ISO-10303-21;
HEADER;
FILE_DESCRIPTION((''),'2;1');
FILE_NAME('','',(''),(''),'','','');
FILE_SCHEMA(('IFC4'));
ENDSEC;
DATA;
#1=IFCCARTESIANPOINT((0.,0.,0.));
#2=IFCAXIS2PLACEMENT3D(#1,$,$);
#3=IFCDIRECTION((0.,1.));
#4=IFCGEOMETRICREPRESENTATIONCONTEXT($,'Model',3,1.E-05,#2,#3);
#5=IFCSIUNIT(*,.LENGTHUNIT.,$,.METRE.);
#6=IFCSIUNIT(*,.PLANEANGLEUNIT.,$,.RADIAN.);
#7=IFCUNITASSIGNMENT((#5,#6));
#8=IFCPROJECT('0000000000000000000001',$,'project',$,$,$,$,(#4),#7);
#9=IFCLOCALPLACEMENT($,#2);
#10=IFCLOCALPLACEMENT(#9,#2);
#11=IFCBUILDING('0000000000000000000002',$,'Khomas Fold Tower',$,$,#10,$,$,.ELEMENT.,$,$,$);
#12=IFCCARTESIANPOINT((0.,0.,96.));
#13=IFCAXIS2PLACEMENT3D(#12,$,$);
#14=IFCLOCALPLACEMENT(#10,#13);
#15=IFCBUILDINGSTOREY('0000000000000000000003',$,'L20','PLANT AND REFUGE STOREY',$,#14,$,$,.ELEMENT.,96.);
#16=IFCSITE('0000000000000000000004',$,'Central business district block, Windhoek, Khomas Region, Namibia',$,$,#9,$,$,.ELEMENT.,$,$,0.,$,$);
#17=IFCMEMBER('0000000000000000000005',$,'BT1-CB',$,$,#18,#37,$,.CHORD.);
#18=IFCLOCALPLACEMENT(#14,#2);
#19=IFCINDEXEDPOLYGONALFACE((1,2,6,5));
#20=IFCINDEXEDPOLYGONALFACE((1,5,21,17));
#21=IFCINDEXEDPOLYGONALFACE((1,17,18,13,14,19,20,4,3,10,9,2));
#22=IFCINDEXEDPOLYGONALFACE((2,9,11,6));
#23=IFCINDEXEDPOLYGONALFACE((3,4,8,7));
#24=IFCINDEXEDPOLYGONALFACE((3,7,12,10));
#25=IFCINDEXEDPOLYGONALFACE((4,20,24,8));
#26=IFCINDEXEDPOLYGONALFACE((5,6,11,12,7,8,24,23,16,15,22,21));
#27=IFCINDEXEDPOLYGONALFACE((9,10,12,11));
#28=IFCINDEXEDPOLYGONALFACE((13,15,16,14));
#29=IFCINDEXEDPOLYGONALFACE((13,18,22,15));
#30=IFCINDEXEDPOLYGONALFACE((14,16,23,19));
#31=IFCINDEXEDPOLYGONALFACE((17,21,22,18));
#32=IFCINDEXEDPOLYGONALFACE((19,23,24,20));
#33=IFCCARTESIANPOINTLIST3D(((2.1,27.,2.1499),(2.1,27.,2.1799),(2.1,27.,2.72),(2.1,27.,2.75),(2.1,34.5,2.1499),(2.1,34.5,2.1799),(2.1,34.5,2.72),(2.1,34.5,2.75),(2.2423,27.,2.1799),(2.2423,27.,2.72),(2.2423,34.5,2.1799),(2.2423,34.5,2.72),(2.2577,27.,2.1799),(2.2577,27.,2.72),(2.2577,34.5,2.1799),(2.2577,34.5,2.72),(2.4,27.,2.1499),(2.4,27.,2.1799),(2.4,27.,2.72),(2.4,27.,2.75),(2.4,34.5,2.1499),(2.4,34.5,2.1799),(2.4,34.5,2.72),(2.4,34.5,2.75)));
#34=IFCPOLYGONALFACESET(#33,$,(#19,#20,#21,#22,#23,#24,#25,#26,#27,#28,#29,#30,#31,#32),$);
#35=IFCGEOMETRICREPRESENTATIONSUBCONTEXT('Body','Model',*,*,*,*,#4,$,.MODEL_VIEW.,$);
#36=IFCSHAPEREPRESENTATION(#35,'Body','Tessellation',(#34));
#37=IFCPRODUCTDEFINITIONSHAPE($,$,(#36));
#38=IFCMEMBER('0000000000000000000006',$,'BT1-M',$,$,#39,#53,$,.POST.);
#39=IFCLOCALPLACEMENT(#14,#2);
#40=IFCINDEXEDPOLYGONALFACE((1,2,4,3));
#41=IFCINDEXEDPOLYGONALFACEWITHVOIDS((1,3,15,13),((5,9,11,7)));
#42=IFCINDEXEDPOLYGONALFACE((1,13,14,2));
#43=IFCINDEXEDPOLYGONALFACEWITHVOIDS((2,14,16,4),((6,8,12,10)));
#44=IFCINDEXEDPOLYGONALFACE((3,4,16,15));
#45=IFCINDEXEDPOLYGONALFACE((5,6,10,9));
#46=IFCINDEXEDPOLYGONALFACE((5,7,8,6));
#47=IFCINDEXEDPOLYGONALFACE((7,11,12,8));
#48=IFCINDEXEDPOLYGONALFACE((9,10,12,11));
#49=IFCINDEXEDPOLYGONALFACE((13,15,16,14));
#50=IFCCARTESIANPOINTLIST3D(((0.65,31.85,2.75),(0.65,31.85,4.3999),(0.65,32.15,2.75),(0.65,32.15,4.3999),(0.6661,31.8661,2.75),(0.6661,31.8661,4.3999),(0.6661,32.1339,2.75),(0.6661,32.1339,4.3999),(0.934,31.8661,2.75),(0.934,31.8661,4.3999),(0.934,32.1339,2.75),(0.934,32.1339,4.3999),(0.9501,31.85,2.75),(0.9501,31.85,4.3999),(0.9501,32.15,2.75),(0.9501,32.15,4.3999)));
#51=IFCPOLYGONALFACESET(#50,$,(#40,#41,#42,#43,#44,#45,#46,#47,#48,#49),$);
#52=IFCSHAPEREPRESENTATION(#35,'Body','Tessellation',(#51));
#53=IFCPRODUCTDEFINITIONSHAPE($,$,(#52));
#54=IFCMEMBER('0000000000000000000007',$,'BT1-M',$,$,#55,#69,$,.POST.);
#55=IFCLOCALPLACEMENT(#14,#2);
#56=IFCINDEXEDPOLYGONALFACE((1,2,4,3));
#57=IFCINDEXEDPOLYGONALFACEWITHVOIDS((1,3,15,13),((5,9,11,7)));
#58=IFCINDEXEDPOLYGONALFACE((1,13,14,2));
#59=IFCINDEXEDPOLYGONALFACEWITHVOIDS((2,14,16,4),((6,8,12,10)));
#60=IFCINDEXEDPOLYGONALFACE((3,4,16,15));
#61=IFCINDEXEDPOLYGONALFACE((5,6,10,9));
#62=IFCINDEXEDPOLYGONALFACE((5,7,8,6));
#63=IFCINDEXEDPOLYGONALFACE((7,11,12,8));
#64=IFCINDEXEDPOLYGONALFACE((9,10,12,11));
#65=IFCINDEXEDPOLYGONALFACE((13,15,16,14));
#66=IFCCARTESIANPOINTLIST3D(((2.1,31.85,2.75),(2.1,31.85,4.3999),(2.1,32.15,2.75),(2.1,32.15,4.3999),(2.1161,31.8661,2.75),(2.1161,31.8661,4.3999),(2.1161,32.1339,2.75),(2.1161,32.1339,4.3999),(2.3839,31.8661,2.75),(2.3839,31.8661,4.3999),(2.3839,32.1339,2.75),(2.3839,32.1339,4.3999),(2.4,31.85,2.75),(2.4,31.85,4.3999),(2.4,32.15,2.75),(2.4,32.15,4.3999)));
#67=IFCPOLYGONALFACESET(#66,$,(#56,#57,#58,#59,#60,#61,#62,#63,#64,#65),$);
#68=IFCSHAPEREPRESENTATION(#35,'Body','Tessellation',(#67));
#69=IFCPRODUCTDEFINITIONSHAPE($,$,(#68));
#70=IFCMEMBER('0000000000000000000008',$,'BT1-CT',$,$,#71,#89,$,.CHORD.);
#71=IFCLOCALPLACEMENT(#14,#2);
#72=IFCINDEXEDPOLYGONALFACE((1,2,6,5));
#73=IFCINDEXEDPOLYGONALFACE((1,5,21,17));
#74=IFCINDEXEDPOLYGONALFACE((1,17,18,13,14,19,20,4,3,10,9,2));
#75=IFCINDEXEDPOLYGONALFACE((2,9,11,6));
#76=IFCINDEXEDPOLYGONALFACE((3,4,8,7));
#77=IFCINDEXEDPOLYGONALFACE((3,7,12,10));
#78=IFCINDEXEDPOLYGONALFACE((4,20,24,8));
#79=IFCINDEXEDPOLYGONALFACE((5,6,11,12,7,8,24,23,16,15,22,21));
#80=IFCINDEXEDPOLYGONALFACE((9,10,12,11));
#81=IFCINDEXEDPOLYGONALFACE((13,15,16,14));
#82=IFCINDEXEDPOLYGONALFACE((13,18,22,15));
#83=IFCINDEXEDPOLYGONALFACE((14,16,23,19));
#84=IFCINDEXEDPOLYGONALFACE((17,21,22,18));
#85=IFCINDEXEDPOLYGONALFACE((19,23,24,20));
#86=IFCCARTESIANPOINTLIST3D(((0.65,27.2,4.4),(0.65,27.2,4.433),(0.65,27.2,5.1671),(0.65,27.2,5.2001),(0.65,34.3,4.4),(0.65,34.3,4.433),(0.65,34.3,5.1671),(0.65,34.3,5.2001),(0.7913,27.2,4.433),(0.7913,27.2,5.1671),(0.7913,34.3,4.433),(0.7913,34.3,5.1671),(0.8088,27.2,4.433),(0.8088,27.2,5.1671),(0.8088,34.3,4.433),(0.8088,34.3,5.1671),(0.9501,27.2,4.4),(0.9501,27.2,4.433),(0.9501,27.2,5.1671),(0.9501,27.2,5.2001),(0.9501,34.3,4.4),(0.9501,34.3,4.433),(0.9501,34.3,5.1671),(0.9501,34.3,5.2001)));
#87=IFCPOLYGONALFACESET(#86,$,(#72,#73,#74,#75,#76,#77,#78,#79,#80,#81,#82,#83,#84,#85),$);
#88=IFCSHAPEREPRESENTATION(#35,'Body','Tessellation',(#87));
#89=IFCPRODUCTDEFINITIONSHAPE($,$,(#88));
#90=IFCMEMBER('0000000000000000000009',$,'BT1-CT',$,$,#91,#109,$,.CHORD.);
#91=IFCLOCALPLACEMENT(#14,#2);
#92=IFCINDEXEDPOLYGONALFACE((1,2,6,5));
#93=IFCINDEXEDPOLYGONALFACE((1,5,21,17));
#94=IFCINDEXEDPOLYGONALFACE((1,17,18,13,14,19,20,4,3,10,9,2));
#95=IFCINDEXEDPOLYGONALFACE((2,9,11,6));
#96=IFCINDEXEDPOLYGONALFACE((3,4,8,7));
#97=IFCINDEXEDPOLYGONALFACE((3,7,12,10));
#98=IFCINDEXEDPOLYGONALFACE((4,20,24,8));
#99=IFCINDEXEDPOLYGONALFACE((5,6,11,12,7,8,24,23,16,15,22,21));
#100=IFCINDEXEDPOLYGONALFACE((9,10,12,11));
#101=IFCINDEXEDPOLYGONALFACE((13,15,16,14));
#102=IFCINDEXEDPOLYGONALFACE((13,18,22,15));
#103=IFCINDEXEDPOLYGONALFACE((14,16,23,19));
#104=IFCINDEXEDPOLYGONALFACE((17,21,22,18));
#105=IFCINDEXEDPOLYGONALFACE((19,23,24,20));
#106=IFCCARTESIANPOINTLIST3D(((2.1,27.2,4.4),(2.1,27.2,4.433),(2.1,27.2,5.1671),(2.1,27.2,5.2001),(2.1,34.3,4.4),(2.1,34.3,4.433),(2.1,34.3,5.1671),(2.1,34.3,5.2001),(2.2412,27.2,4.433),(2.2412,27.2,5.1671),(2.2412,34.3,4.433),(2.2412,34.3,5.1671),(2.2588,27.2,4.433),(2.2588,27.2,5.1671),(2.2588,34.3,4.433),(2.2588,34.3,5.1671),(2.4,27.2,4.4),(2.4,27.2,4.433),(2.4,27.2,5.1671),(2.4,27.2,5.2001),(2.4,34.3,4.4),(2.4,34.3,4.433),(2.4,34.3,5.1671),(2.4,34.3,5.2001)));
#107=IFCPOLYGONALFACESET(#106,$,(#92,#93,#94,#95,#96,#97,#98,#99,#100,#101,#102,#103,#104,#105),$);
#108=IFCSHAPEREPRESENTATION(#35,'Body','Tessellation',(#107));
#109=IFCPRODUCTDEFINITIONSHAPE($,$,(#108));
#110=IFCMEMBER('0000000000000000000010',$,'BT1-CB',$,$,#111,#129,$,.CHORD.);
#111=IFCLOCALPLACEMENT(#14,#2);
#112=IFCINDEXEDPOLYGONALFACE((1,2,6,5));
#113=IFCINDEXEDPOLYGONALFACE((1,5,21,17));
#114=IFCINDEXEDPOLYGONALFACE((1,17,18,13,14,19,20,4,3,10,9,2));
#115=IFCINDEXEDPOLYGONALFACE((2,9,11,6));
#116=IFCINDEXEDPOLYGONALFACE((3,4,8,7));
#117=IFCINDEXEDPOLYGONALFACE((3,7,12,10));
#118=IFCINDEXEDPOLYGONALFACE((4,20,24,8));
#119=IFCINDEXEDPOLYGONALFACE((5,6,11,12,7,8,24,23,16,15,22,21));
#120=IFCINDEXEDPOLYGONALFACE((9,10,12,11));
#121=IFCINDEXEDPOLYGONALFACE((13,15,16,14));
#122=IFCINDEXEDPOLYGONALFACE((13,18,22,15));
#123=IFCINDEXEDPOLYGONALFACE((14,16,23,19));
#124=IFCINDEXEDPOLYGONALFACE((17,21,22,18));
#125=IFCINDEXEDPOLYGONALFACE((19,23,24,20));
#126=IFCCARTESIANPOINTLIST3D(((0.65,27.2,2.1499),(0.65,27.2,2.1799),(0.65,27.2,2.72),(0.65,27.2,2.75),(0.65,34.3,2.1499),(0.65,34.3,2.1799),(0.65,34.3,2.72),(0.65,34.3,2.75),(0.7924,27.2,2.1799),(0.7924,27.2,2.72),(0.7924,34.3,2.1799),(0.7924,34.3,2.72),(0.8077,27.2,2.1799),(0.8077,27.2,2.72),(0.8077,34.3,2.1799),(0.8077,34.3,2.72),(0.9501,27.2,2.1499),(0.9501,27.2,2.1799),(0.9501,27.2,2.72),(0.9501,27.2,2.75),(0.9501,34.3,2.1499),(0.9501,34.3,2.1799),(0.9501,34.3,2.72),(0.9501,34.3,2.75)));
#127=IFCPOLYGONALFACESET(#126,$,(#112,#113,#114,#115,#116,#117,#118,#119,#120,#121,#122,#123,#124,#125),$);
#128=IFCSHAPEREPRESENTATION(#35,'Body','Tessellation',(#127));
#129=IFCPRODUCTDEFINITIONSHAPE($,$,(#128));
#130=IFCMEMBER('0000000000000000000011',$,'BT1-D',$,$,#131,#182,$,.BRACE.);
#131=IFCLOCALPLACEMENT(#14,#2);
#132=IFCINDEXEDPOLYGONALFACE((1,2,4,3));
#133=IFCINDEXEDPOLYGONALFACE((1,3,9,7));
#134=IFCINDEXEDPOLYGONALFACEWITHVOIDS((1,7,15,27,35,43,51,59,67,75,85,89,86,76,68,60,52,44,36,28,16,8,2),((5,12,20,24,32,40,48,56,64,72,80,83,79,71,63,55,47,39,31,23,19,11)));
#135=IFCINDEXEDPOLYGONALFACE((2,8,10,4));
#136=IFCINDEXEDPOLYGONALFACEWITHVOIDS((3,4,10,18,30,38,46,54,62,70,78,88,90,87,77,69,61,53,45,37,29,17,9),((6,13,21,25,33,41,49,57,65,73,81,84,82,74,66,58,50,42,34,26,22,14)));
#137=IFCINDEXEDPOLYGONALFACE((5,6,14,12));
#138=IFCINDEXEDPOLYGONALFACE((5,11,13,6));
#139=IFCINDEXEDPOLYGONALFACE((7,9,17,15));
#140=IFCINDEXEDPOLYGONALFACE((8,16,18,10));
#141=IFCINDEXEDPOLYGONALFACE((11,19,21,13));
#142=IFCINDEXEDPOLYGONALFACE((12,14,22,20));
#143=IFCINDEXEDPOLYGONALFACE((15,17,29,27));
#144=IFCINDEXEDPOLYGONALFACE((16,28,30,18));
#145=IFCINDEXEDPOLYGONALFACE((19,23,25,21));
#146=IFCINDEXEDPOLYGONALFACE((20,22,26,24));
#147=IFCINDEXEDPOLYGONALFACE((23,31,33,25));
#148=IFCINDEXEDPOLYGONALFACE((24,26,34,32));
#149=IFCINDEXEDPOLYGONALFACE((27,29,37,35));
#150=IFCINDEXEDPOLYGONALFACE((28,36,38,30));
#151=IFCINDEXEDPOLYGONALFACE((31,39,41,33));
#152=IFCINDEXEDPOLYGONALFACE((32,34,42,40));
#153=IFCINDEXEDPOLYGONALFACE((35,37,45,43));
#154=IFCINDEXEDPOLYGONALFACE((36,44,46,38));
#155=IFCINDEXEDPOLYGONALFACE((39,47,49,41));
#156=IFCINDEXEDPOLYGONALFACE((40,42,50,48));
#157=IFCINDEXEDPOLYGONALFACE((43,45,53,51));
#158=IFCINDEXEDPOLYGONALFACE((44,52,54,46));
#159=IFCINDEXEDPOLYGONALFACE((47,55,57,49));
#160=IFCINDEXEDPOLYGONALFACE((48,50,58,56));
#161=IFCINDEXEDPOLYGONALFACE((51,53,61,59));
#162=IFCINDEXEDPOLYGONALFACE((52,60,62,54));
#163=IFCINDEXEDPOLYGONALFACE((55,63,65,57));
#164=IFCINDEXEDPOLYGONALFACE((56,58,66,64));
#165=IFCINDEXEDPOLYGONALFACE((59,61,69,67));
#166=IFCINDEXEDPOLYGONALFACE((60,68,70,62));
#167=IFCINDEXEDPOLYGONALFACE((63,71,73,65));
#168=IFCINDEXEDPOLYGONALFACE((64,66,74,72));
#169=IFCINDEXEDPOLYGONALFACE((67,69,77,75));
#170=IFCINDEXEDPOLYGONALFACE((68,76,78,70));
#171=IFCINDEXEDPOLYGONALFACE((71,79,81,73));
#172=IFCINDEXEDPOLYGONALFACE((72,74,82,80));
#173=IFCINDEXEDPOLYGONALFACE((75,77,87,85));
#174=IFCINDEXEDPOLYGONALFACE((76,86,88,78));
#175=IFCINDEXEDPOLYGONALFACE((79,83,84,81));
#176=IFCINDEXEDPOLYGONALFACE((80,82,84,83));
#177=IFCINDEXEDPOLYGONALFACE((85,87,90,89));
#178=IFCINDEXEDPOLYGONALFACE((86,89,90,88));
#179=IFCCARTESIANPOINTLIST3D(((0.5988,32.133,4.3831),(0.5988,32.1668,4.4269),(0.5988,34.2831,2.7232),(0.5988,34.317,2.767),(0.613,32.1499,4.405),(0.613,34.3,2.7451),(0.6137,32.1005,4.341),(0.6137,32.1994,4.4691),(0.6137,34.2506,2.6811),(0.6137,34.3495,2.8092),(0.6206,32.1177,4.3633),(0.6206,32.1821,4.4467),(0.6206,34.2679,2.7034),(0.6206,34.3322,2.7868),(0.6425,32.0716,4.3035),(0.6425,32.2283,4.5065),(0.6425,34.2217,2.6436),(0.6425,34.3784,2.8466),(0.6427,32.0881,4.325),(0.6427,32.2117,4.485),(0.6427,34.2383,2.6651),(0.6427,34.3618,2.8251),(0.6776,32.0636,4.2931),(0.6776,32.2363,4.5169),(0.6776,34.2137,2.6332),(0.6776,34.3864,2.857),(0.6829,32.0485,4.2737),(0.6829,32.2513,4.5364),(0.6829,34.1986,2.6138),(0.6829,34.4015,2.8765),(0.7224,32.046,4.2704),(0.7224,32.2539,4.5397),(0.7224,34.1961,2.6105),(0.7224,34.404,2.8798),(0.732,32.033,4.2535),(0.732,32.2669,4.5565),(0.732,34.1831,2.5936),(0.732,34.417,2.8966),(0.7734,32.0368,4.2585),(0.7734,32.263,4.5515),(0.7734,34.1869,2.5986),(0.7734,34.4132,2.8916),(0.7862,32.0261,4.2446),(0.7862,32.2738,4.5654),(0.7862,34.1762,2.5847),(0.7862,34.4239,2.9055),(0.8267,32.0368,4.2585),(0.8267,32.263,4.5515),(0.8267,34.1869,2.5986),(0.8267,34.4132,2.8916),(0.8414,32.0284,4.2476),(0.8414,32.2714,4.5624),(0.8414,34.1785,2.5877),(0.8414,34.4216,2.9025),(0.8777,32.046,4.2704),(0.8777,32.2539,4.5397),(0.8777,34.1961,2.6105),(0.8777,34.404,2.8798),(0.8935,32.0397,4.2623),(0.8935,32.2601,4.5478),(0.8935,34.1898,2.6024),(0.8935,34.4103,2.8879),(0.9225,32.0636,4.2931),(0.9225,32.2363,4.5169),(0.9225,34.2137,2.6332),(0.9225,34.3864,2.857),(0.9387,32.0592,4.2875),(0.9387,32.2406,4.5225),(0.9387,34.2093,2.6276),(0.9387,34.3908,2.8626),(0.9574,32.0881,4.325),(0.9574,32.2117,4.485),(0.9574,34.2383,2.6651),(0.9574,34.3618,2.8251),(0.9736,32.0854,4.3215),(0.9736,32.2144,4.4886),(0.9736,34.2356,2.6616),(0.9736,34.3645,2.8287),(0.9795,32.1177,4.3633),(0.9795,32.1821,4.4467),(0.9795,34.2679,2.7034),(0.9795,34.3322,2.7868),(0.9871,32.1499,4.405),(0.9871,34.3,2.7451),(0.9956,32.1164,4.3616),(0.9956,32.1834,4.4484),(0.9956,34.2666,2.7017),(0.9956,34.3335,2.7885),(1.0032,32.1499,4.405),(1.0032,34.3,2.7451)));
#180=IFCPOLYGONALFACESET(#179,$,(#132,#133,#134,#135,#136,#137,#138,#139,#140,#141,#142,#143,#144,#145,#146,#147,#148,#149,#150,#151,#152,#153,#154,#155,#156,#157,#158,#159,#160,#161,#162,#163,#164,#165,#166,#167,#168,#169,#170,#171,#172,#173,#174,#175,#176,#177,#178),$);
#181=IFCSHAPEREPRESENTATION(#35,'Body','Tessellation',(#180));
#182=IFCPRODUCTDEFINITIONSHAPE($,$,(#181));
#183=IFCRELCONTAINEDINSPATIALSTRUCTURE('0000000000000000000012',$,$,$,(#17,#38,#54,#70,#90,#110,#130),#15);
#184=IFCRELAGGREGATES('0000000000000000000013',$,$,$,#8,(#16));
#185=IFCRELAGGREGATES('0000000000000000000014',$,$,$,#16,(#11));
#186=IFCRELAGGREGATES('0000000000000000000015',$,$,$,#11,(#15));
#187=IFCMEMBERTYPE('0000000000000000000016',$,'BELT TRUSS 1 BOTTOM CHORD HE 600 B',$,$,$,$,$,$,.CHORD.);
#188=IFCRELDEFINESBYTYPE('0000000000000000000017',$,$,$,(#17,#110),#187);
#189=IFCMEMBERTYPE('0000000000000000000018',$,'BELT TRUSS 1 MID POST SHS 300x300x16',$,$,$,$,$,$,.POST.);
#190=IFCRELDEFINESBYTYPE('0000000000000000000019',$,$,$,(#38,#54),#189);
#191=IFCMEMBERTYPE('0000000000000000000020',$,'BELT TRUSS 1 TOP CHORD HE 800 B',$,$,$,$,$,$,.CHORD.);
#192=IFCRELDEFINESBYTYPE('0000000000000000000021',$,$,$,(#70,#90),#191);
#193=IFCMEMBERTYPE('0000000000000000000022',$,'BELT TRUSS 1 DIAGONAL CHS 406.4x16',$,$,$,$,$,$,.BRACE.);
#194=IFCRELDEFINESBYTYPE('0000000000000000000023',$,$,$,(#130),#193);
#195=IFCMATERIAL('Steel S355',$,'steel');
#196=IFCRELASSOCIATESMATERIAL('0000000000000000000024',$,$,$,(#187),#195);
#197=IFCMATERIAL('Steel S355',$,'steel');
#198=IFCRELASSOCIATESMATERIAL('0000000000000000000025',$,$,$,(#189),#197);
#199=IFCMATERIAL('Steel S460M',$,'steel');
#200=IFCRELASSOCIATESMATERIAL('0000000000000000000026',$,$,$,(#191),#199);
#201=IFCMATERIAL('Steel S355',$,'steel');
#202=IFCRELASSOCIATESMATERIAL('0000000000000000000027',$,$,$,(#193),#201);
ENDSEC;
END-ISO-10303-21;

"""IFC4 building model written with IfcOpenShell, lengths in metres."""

from ifc_helpers import new_model, si_unit, direction, frame, origin, origin_2d, place, context, subcontext, project, spatial, hollow_rectangle, hollow_circle, i_section, extrude, source, transform, mapped, material, material_profile, profile_set, type_object, element, save


model = new_model("IFC4")

# Units and contexts
model_context = context("Model", 3, precision=1e-05, world=origin(), true_north=direction((0.0, 1.0)))
body_context = subcontext(model_context, "Body", "Model", "MODEL_VIEW")
ifc_project = project(units=[si_unit("LENGTHUNIT", "METRE"), si_unit("PLANEANGLEUNIT", "RADIAN")], contexts=[model_context])

# Site, building, storey
site_placement = place(None, origin())
site = spatial("IfcSite", under=ifc_project, at=site_placement, Name="Central business district block, Windhoek, Khomas Region, Namibia", CompositionType="ELEMENT", RefElevation=0.0)
building_placement = place(site_placement, origin())
building = spatial("IfcBuilding", under=site, at=building_placement, Name="Khomas Fold Tower", CompositionType="ELEMENT")
storey_placement = place(building_placement, frame((0.0, 0.0, 96.0)))
storey = spatial("IfcBuildingStorey", under=building, at=storey_placement, Name="L20", Description="PLANT AND REFUGE STOREY", CompositionType="ELEMENT", Elevation=96.0)

# Members
ifc_material_1 = material(Name="Steel S355", Category="steel")
ifc_material_profile_1 = material_profile(ifc_material_1, i_section(OverallWidth=0.3, OverallDepth=0.6001, WebThickness=0.0154, FlangeThickness=0.03, at=origin_2d()), Name="HE 600 B")
ifc_profile_set_1 = profile_set([ifc_material_profile_1], Name="Steel S355")
member_type_1 = type_object("IfcMemberType", Name="BELT TRUSS 1 BOTTOM CHORD HE 600 B", PredefinedType="CHORD", material=ifc_profile_set_1)
shared_shape_1 = source(origin(), body_context, "Body", "SweptSolid", [
    extrude(i_section(OverallWidth=0.3, OverallDepth=0.6001, WebThickness=0.0154, FlangeThickness=0.03, at=origin_2d()), origin(), (0.0, 0.0, 1.0), 7.5),
])
member_1_placement = place(storey_placement, frame((2.25, 34.5, 2.45), z_axis=(0.0, -1.0, 0.0), x_axis=(1.0, 0.0, 0.0)))
element("IfcMember", 1, at=member_1_placement, inside=storey, type_object=member_type_1, Name="BT1-CB", PredefinedType="CHORD", context=body_context, shape_type="MappedRepresentation", body=[
    mapped(shared_shape_1, transform((0.0, 0.0, 0.0))),
])
ifc_material_2 = material(Name="Steel S355", Category="steel")
ifc_material_profile_2 = material_profile(ifc_material_2, hollow_rectangle(XDim=0.3, YDim=0.3, WallThickness=0.0161, at=origin_2d()), Name="SHS 300x300x16")
ifc_profile_set_2 = profile_set([ifc_material_profile_2], Name="Steel S355")
member_type_2 = type_object("IfcMemberType", Name="BELT TRUSS 1 MID POST SHS 300x300x16", PredefinedType="POST", material=ifc_profile_set_2)
shared_shape_2 = source(origin(), body_context, "Body", "SweptSolid", [
    extrude(hollow_rectangle(XDim=0.3, YDim=0.3, WallThickness=0.0161, at=origin_2d()), origin(), (0.0, 0.0, 1.0), 1.6499),
])
for number, where, z_axis, x_axis, name in (
    (2, (0.8, 32.0, 2.75), (0.0, 0.0, 1.0), (1.0, 0.0, 0.0), "BT1-M"),
    (3, (2.25, 32.0, 2.75), (0.0, 0.0, 1.0), (1.0, 0.0, 0.0), "BT1-M"),
):
    element("IfcMember", number, at=place(storey_placement, frame(where, z_axis=z_axis, x_axis=x_axis)), inside=storey, type_object=member_type_2, Name=name, PredefinedType="POST", context=body_context, shape_type="MappedRepresentation", body=[
        mapped(shared_shape_2, transform((0.0, 0.0, 0.0))),
    ])
ifc_material_3 = material(Name="Steel S460M", Category="steel")
ifc_material_profile_3 = material_profile(ifc_material_3, i_section(OverallWidth=0.3, OverallDepth=0.8, WebThickness=0.0176, FlangeThickness=0.033, at=origin_2d()), Name="HE 800 B")
ifc_profile_set_3 = profile_set([ifc_material_profile_3], Name="Steel S460M")
member_type_3 = type_object("IfcMemberType", Name="BELT TRUSS 1 TOP CHORD HE 800 B", PredefinedType="CHORD", material=ifc_profile_set_3)
shared_shape_3 = source(origin(), body_context, "Body", "SweptSolid", [
    extrude(i_section(OverallWidth=0.3, OverallDepth=0.8, WebThickness=0.0176, FlangeThickness=0.033, at=origin_2d()), origin(), (0.0, 0.0, 1.0), 7.1001),
])
for number, where, z_axis, x_axis, name in (
    (4, (0.8, 34.3, 4.8), (0.0, -1.0, 0.0), (1.0, 0.0, 0.0), "BT1-CT"),
    (5, (2.25, 34.3, 4.8), (0.0, -1.0, 0.0), (1.0, 0.0, 0.0), "BT1-CT"),
):
    element("IfcMember", number, at=place(storey_placement, frame(where, z_axis=z_axis, x_axis=x_axis)), inside=storey, type_object=member_type_3, Name=name, PredefinedType="CHORD", context=body_context, shape_type="MappedRepresentation", body=[
        mapped(shared_shape_3, transform((0.0, 0.0, 0.0))),
    ])
shared_shape_4 = source(origin(), body_context, "Body", "SweptSolid", [
    extrude(i_section(OverallWidth=0.3, OverallDepth=0.6001, WebThickness=0.0154, FlangeThickness=0.03, at=origin_2d()), origin(), (0.0, 0.0, 1.0), 7.1001),
])
member_2_placement = place(storey_placement, frame((0.8, 34.3, 2.45), z_axis=(0.0, -1.0, 0.0), x_axis=(1.0, 0.0, 0.0)))
element("IfcMember", 6, at=member_2_placement, inside=storey, type_object=member_type_1, Name="BT1-CB", PredefinedType="CHORD", context=body_context, shape_type="MappedRepresentation", body=[
    mapped(shared_shape_4, transform((0.0, 0.0, 0.0))),
])
ifc_material_4 = material(Name="Steel S355", Category="steel")
ifc_material_profile_4 = material_profile(ifc_material_4, hollow_circle(Radius=0.2031, WallThickness=0.0161, at=origin_2d()), Name="CHS 406.4x16")
ifc_profile_set_4 = profile_set([ifc_material_profile_4], Name="Steel S355")
member_type_4 = type_object("IfcMemberType", Name="BELT TRUSS 1 DIAGONAL CHS 406.4x16", PredefinedType="BRACE", material=ifc_profile_set_4)
shared_shape_5 = source(origin(), body_context, "Body", "SweptSolid", [
    extrude(hollow_circle(Radius=0.2031, WallThickness=0.0161, at=origin_2d()), origin(), (0.0, 0.0, 1.0), 2.7163),
])
for number, where, z_axis, x_axis, name in (
    (7, (0.8, 34.3, 2.7451), (0.0, -0.791564, 0.611087), (1.0, 0.0, 0.0), "BT1-D"),
):
    element("IfcMember", number, at=place(storey_placement, frame(where, z_axis=z_axis, x_axis=x_axis)), inside=storey, type_object=member_type_4, Name=name, PredefinedType="BRACE", context=body_context, shape_type="MappedRepresentation", body=[
        mapped(shared_shape_5, transform((0.0, 0.0, 0.0))),
    ])

save(model, "model.ifc")
